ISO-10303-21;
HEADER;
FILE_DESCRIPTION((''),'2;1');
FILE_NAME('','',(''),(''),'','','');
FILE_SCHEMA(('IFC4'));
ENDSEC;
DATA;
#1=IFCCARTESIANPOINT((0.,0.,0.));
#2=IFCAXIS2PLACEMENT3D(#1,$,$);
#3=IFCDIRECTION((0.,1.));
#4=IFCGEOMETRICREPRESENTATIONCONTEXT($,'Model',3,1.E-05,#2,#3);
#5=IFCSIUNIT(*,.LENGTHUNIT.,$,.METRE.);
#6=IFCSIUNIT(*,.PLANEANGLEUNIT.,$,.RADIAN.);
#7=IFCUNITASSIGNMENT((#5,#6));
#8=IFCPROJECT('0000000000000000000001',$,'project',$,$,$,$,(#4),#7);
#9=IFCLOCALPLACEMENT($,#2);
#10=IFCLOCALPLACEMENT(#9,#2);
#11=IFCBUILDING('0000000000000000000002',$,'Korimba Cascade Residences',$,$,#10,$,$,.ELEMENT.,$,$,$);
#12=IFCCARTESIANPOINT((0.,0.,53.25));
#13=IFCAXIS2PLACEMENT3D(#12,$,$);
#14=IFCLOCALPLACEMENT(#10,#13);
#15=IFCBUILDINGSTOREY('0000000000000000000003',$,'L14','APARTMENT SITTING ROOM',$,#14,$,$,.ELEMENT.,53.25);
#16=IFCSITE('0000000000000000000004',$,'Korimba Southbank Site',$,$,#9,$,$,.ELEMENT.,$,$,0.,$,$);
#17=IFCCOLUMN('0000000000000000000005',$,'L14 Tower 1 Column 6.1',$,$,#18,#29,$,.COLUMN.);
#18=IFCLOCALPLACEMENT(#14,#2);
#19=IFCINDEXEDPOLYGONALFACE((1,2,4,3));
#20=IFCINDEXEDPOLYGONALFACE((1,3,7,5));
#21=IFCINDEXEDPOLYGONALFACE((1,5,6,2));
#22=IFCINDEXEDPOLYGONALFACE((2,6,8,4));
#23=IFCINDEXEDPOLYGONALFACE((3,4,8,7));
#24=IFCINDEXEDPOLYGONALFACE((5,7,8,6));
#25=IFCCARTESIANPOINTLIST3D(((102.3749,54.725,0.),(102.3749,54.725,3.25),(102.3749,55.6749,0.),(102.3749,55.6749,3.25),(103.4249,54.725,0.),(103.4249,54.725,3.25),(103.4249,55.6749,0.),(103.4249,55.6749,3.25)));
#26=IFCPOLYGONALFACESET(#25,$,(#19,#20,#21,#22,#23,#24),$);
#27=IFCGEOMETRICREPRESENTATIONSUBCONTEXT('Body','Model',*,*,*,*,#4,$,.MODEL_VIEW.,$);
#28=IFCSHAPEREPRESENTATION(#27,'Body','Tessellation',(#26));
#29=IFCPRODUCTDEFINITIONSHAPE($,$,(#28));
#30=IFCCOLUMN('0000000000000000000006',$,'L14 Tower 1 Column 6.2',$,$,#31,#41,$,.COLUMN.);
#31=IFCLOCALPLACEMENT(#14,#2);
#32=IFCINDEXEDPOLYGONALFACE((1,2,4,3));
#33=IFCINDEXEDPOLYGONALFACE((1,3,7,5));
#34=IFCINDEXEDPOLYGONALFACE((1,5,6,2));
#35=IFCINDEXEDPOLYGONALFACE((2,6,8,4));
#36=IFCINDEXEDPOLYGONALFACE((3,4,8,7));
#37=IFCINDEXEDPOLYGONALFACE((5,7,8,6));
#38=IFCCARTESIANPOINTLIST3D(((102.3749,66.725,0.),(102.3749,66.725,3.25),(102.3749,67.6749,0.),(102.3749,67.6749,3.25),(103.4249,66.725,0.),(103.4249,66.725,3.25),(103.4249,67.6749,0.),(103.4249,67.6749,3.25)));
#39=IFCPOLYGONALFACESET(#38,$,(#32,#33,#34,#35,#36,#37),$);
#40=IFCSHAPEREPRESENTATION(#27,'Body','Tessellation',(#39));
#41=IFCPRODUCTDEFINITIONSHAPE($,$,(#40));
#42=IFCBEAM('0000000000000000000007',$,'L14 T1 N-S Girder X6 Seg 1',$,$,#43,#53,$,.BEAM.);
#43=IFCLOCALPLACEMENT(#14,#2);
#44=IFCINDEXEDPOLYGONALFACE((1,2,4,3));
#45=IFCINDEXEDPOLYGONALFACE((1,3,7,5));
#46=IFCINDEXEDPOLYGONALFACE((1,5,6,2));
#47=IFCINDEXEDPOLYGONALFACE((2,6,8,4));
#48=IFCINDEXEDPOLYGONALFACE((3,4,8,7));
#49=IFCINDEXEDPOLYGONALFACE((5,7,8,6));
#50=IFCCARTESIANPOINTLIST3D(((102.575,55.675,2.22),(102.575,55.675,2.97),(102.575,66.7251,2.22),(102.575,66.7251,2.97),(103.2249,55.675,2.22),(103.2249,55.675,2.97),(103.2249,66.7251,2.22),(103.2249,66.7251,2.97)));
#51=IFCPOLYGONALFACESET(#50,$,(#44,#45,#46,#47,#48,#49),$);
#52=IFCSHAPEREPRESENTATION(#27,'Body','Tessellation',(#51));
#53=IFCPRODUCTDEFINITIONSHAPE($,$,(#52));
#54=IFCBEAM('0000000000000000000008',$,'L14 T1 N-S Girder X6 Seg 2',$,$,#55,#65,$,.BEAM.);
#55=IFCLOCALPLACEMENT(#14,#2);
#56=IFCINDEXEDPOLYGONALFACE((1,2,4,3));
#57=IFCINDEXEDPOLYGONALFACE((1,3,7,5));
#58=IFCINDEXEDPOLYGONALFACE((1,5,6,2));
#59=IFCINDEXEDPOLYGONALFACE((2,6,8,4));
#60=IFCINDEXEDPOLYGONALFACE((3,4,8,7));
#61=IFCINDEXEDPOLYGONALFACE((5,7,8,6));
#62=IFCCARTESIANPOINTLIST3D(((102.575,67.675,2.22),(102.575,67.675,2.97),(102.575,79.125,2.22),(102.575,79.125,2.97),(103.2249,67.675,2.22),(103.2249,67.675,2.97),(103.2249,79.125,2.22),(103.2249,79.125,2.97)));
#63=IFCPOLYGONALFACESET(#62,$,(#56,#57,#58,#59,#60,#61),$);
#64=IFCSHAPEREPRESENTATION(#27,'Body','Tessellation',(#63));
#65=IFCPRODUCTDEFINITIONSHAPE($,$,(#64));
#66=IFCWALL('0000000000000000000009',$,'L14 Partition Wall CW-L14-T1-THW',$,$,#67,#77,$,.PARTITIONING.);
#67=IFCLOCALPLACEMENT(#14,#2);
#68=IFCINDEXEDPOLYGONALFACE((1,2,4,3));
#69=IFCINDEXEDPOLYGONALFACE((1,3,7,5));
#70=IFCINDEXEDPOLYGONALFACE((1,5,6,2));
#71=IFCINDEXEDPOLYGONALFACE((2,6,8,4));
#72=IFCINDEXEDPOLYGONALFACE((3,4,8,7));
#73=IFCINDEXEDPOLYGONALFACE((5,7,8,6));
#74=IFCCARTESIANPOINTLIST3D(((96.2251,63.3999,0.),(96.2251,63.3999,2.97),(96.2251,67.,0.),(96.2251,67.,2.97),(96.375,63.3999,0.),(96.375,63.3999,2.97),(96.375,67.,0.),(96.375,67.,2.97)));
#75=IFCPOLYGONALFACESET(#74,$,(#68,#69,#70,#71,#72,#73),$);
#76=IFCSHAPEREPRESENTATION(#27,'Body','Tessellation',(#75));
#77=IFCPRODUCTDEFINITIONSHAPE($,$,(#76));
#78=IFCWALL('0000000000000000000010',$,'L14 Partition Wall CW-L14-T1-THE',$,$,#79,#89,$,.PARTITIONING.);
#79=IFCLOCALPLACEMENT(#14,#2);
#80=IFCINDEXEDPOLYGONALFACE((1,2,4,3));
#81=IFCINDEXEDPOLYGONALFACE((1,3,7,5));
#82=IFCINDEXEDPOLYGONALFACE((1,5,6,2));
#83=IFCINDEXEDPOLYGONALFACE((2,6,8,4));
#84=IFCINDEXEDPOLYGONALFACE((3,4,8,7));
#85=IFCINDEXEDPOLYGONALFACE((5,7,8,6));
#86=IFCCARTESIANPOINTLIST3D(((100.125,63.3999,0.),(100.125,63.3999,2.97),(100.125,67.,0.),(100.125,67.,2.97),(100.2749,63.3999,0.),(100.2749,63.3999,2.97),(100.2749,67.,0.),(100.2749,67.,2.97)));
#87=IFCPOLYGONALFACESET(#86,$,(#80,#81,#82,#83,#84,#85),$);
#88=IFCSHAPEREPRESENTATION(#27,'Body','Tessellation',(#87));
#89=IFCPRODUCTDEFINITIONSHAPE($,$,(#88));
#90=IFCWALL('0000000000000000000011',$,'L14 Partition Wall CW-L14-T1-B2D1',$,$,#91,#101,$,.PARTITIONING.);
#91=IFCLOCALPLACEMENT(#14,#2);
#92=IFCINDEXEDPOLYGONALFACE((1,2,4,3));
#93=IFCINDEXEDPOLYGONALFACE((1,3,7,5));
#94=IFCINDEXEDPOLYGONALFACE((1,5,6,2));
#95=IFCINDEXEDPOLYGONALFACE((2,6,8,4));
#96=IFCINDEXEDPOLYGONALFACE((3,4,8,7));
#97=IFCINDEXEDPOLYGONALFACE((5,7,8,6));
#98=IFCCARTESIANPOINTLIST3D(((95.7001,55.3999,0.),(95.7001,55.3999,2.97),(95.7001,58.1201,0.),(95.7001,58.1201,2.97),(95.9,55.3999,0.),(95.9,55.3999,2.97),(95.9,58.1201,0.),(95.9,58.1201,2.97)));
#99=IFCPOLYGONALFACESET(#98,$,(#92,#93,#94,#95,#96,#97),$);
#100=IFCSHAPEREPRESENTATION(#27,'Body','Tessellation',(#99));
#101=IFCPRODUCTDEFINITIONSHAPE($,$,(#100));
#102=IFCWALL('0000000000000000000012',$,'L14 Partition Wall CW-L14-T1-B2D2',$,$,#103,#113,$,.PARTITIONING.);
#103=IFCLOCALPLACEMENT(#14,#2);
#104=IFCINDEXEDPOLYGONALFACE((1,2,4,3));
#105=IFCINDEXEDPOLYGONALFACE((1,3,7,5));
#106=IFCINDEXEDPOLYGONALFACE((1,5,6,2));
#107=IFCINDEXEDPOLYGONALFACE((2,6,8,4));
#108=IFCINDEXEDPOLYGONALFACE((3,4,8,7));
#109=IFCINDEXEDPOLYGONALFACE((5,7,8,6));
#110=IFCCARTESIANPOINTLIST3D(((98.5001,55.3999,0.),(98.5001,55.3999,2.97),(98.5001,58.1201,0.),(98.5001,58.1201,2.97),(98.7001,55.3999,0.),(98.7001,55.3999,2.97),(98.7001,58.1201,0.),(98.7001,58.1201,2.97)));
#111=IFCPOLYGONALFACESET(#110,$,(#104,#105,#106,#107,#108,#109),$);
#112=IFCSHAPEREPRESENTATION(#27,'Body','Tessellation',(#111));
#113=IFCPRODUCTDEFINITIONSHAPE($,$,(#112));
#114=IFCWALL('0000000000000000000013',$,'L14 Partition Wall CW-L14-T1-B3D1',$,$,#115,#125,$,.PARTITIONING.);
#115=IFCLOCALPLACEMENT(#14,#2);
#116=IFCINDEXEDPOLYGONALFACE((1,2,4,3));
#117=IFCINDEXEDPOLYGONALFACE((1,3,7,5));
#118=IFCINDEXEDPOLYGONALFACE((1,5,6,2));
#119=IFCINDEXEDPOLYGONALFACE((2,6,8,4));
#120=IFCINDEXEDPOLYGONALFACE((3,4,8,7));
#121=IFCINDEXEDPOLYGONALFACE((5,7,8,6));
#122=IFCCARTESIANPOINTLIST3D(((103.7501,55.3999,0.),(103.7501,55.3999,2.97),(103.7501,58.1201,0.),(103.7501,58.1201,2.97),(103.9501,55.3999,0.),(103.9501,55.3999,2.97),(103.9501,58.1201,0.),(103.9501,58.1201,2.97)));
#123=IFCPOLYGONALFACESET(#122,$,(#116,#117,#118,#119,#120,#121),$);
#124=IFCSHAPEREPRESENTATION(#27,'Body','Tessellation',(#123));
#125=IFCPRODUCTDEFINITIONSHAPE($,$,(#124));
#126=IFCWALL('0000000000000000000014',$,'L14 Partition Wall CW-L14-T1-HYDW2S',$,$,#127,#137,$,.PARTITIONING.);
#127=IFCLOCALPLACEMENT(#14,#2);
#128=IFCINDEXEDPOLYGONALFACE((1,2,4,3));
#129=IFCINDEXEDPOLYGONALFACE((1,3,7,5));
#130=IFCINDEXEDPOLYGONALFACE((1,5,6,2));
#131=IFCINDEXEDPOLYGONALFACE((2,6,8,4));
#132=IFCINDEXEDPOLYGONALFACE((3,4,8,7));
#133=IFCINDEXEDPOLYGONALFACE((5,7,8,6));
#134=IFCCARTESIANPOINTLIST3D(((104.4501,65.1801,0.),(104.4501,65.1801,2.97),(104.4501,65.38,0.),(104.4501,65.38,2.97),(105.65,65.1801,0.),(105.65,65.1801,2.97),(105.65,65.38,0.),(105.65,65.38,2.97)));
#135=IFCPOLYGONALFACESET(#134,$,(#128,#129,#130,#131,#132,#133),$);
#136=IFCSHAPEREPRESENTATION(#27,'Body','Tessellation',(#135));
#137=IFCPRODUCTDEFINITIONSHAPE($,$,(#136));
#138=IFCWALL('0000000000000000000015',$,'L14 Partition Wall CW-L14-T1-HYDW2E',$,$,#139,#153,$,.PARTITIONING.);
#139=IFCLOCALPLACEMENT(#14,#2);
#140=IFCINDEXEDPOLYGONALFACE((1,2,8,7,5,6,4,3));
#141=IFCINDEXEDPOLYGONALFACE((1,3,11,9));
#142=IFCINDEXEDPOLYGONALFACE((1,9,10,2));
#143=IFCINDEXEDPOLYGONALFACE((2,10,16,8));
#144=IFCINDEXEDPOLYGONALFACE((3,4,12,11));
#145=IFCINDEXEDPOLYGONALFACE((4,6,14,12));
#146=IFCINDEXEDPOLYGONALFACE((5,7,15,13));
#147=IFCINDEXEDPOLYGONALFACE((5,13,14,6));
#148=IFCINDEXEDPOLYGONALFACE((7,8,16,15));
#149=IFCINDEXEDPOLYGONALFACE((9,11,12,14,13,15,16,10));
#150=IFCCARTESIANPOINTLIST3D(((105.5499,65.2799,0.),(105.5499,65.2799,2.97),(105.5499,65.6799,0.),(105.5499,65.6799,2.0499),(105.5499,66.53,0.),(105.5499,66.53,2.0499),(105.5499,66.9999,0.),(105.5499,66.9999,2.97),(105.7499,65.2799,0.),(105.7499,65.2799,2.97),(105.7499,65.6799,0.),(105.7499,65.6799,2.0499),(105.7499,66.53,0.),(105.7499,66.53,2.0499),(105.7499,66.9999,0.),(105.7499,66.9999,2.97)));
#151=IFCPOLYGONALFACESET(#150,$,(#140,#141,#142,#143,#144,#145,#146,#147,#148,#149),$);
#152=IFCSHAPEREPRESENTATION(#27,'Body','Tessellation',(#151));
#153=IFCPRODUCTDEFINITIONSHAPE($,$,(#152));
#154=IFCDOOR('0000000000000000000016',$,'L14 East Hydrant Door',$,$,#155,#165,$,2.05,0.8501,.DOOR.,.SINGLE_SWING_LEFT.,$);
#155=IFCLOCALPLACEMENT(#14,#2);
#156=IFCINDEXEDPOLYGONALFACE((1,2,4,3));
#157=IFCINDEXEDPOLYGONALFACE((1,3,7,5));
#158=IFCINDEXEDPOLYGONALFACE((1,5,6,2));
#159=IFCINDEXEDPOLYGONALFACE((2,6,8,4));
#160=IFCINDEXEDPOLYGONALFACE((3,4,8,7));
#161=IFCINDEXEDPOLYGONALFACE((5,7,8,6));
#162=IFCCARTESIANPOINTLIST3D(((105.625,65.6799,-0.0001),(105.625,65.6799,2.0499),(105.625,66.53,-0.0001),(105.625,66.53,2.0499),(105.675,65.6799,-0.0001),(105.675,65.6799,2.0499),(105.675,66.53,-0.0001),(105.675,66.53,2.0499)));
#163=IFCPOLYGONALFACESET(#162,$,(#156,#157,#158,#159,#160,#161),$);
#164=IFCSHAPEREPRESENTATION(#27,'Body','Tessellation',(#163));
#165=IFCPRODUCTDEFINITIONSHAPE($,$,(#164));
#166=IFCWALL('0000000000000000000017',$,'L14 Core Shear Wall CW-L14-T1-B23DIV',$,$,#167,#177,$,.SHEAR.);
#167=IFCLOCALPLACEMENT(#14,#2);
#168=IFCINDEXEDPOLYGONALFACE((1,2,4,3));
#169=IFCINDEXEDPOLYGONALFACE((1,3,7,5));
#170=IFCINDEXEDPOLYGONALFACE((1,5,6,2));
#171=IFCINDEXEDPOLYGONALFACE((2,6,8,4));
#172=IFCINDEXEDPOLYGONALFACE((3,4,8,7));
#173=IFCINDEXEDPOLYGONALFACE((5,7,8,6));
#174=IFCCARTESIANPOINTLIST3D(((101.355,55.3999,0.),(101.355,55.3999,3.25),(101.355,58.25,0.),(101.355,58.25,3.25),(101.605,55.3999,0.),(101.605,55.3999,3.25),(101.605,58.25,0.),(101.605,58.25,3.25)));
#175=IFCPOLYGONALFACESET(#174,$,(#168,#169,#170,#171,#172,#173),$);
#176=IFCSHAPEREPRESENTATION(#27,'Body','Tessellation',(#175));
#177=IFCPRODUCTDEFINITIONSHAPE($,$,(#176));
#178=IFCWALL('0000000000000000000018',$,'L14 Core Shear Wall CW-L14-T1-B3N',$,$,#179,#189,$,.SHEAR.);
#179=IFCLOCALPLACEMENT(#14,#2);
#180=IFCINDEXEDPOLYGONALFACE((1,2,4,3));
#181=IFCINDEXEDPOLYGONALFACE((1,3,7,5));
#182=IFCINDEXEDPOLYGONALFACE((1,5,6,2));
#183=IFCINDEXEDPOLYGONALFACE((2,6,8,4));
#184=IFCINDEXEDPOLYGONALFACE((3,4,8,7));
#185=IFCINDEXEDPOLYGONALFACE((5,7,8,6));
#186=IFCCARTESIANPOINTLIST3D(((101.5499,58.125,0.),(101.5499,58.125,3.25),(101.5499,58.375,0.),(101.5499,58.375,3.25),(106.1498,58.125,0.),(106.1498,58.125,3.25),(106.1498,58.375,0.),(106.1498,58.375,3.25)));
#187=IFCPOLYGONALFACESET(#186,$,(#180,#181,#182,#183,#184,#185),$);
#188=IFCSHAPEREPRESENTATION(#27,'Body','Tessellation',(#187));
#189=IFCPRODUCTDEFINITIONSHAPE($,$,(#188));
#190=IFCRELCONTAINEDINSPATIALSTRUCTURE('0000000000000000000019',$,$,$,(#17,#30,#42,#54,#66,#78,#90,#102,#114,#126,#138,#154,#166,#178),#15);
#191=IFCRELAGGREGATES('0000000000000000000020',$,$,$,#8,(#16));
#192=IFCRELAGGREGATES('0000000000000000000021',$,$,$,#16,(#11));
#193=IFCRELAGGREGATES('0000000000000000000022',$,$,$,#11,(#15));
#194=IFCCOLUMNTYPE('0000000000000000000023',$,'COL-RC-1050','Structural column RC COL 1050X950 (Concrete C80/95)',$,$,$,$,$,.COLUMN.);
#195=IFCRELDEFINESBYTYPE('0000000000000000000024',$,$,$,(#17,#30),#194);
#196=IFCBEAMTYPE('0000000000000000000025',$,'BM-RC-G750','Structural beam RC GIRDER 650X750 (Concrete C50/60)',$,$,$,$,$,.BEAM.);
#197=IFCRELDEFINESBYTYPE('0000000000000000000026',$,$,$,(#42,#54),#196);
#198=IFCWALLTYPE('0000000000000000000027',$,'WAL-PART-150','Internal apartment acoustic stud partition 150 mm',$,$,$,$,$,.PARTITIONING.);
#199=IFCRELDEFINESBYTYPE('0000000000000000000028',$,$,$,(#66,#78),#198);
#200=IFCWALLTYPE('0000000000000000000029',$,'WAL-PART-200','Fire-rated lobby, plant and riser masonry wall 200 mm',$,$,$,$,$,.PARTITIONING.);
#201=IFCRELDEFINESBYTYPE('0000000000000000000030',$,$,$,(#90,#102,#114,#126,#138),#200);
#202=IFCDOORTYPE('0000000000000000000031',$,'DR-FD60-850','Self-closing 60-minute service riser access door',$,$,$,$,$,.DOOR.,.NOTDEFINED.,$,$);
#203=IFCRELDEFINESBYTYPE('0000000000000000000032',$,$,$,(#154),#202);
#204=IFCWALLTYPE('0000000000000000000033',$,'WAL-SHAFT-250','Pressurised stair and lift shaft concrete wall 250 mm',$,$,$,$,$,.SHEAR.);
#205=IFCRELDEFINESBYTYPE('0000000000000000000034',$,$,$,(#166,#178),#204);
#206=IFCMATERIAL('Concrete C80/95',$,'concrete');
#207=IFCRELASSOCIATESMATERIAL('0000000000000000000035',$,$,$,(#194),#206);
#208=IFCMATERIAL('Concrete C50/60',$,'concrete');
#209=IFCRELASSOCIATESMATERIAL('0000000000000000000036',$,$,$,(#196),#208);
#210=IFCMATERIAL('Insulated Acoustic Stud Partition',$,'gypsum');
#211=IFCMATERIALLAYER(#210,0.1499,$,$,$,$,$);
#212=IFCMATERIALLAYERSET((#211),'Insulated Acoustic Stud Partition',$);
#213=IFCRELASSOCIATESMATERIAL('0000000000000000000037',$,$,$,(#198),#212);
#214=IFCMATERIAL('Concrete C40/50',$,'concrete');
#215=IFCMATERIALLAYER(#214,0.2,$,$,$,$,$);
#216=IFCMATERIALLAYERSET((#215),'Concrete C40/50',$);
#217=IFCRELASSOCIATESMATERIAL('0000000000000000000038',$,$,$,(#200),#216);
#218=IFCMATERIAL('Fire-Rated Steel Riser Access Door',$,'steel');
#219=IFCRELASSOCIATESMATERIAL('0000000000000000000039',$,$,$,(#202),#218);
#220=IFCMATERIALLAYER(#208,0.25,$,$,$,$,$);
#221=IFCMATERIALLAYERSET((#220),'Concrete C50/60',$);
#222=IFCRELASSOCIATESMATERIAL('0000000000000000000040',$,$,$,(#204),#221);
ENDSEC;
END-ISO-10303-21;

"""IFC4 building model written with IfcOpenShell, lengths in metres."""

from ifc_helpers import new_model, si_unit, direction, frame, frame_2d, origin, origin_2d, place, context, subcontext, project, spatial, rectangle, extrude, material, layer, layer_set, material_profile, profile_set, type_object, element, fill, save


model = new_model("IFC4")

# Units and contexts
model_context = context("Model", 3, precision=1e-05, world=origin(), true_north=direction((0.0, 1.0)))
body_context = subcontext(model_context, "Body", "Model", "MODEL_VIEW")
ifc_project = project(units=[si_unit("LENGTHUNIT", "METRE"), si_unit("PLANEANGLEUNIT", "RADIAN")], contexts=[model_context])

# Site, building, storey
site_placement = place(None, origin())
site = spatial("IfcSite", under=ifc_project, at=site_placement, Name="Korimba Southbank Site", CompositionType="ELEMENT", RefElevation=0.0)
building_placement = place(site_placement, origin())
building = spatial("IfcBuilding", under=site, at=building_placement, Name="Korimba Cascade Residences", CompositionType="ELEMENT")
storey_placement = place(building_placement, frame((0.0, 0.0, 53.25)))
storey = spatial("IfcBuildingStorey", under=building, at=storey_placement, Name="L14", Description="APARTMENT SITTING ROOM", CompositionType="ELEMENT", Elevation=53.25)

# Columns
ifc_material_1 = material(Name="Concrete C80/95", Category="concrete")
ifc_material_profile_1 = material_profile(ifc_material_1, rectangle(XDim=1.05, YDim=0.95, at=origin_2d()), Name="Concrete C80/95")
ifc_profile_set_1 = profile_set([ifc_material_profile_1], Name="Concrete C80/95")
column_type = type_object("IfcColumnType", Name="COL-RC-1050", Description="Structural column RC COL 1050X950 (Concrete C80/95)", PredefinedType="COLUMN", material=ifc_profile_set_1)
for number, where, z_axis, x_axis, name in (
    (1, (102.8999, 55.2, 0.0), (0.0, 0.0, 1.0), (1.0, 0.0, 0.0), "L14 Tower 1 Column 6.1"),
    (2, (102.8999, 67.2, 0.0), (0.0, 0.0, 1.0), (1.0, 0.0, 0.0), "L14 Tower 1 Column 6.2"),
):
    element("IfcColumn", number, at=place(storey_placement, frame(where, z_axis=z_axis, x_axis=x_axis)), inside=storey, type_object=column_type, Name=name, PredefinedType="COLUMN", context=body_context, shape_type="SweptSolid", body=[
        extrude(rectangle(XDim=1.05, YDim=0.95, at=origin_2d()), origin(), (0.0, 0.0, 1.0), 3.25),
    ])

# Beams
ifc_material_2 = material(Name="Concrete C50/60", Category="concrete")
ifc_material_profile_2 = material_profile(ifc_material_2, rectangle(XDim=0.6499, YDim=0.75, at=origin_2d()), Name="Concrete C50/60")
ifc_profile_set_2 = profile_set([ifc_material_profile_2], Name="Concrete C50/60")
beam_type = type_object("IfcBeamType", Name="BM-RC-G750", Description="Structural beam RC GIRDER 650X750 (Concrete C50/60)", PredefinedType="BEAM", material=ifc_profile_set_2)
beam_1_placement = place(storey_placement, frame((102.8999, 55.675, 2.595), z_axis=(0.0, 1.0, 0.0), x_axis=(-1.0, 0.0, 0.0)))
element("IfcBeam", 3, at=beam_1_placement, inside=storey, type_object=beam_type, Name="L14 T1 N-S Girder X6 Seg 1", PredefinedType="BEAM", context=body_context, shape_type="SweptSolid", body=[
    extrude(rectangle(XDim=0.6499, YDim=0.75, at=origin_2d()), origin(), (0.0, 0.0, 1.0), 11.05),
])
beam_2_placement = place(storey_placement, frame((102.8999, 67.675, 2.595), z_axis=(0.0, 1.0, 0.0), x_axis=(-1.0, 0.0, 0.0)))
element("IfcBeam", 4, at=beam_2_placement, inside=storey, type_object=beam_type, Name="L14 T1 N-S Girder X6 Seg 2", PredefinedType="BEAM", context=body_context, shape_type="SweptSolid", body=[
    extrude(rectangle(XDim=0.6499, YDim=0.75, at=origin_2d()), origin(), (0.0, 0.0, 1.0), 11.45),
])

# Walls
ifc_material_3 = material(Name="Insulated Acoustic Stud Partition", Category="gypsum")
ifc_layer_1 = layer(ifc_material_3, 0.1499)
ifc_layer_set_1 = layer_set([ifc_layer_1], Name="Insulated Acoustic Stud Partition")
wall_type_1 = type_object("IfcWallType", Name="WAL-PART-150", Description="Internal apartment acoustic stud partition 150 mm", PredefinedType="PARTITIONING", material=ifc_layer_set_1)
for number, where, z_axis, x_axis, name in (
    (5, (96.3, 63.3999, 0.0), (0.0, 0.0, 1.0), (0.0, 1.0, 0.0), "L14 Partition Wall CW-L14-T1-THW"),
    (6, (100.2, 63.3999, 0.0), (0.0, 0.0, 1.0), (0.0, 1.0, 0.0), "L14 Partition Wall CW-L14-T1-THE"),
):
    element("IfcWall", number, at=place(storey_placement, frame(where, z_axis=z_axis, x_axis=x_axis)), inside=storey, type_object=wall_type_1, Name=name, PredefinedType="PARTITIONING", context=body_context, shape_type="SweptSolid", body=[
        extrude(rectangle(XDim=3.6001, YDim=0.1499, at=frame_2d((1.8, 0.0))), origin(), (0.0, 0.0, 1.0), 2.97),
    ])
ifc_material_4 = material(Name="Concrete C40/50", Category="concrete")
ifc_layer_2 = layer(ifc_material_4, 0.2)
ifc_layer_set_2 = layer_set([ifc_layer_2], Name="Concrete C40/50")
wall_type_2 = type_object("IfcWallType", Name="WAL-PART-200", Description="Fire-rated lobby, plant and riser masonry wall 200 mm", PredefinedType="PARTITIONING", material=ifc_layer_set_2)
for number, where, z_axis, x_axis, name in (
    (7, (95.8, 55.3999, 0.0), (0.0, 0.0, 1.0), (0.0, 1.0, 0.0), "L14 Partition Wall CW-L14-T1-B2D1"),
    (8, (98.6001, 55.3999, 0.0), (0.0, 0.0, 1.0), (0.0, 1.0, 0.0), "L14 Partition Wall CW-L14-T1-B2D2"),
    (9, (103.8501, 55.3999, 0.0), (0.0, 0.0, 1.0), (0.0, 1.0, 0.0), "L14 Partition Wall CW-L14-T1-B3D1"),
):
    element("IfcWall", number, at=place(storey_placement, frame(where, z_axis=z_axis, x_axis=x_axis)), inside=storey, type_object=wall_type_2, Name=name, PredefinedType="PARTITIONING", context=body_context, shape_type="SweptSolid", body=[
        extrude(rectangle(XDim=2.7202, YDim=0.2, at=frame_2d((1.3601, 0.0))), origin(), (0.0, 0.0, 1.0), 2.97),
    ])
wall_1_placement = place(storey_placement, frame((104.45, 65.28, 0.0), z_axis=(0.0, 0.0, 1.0), x_axis=(1.0, 0.0, 0.0)))
element("IfcWall", 10, at=wall_1_placement, inside=storey, type_object=wall_type_2, Name="L14 Partition Wall CW-L14-T1-HYDW2S", PredefinedType="PARTITIONING", context=body_context, shape_type="SweptSolid", body=[
    extrude(rectangle(XDim=1.2, YDim=0.2, at=frame_2d((0.6001, 0.0))), origin(), (0.0, 0.0, 1.0), 2.97),
])

# Wall, opening, door
wall_2_placement = place(storey_placement, frame((105.6499, 65.28, 0.0), z_axis=(0.0, 0.0, 1.0), x_axis=(0.0, 1.0, 0.0)))
wall_2 = element("IfcWall", 11, at=wall_2_placement, inside=storey, type_object=wall_type_2, Name="L14 Partition Wall CW-L14-T1-HYDW2E", PredefinedType="PARTITIONING", context=body_context, shape_type="SweptSolid", body=[
    extrude(rectangle(XDim=1.72, YDim=0.2, at=frame_2d((0.8599, 0.0))), origin(), (0.0, 0.0, 1.0), 2.97),
])
opening_1_placement = place(wall_2_placement, frame((0.3999, 0.0, 0.0)))
opening_1 = element("IfcOpeningElement", 12, at=opening_1_placement, cuts=wall_2, PredefinedType="OPENING", context=body_context, shape_type="SweptSolid", body=[
    extrude(rectangle(XDim=0.8501, YDim=2.05, at=frame_2d((0.425, 1.0249))), frame((0.0, 0.1099, 0.0), z_axis=(0.0, -1.0, 0.0), x_axis=(1.0, 0.0, 0.0)), (0.0, 0.0, 1.0), 0.22),
])
ifc_material_5 = material(Name="Fire-Rated Steel Riser Access Door", Category="steel")
door_type_1 = type_object("IfcDoorType", Name="DR-FD60-850", Description="Self-closing 60-minute service riser access door", OperationType="NOTDEFINED", PredefinedType="DOOR", material=ifc_material_5)
door_1_placement = place(opening_1_placement, origin())
door_1 = element("IfcDoor", 13, at=door_1_placement, inside=storey, type_object=door_type_1, Name="L14 East Hydrant Door", OperationType="SINGLE_SWING_LEFT", OverallHeight=2.05, OverallWidth=0.8501, PredefinedType="DOOR", context=body_context, shape_type="SweptSolid", body=[
    extrude(rectangle(XDim=0.8501, YDim=2.05, at=frame_2d((0.425, 1.0249))), frame((0.0, 0.0249, 0.0), z_axis=(0.0, -1.0, 0.0), x_axis=(1.0, 0.0, 0.0)), (0.0, 0.0, 1.0), 0.05),
])
fill(opening_1, door_1)

# Walls
ifc_layer_3 = layer(ifc_material_2, 0.25)
ifc_layer_set_3 = layer_set([ifc_layer_3], Name="Concrete C50/60")
wall_type_3 = type_object("IfcWallType", Name="WAL-SHAFT-250", Description="Pressurised stair and lift shaft concrete wall 250 mm", PredefinedType="SHEAR", material=ifc_layer_set_3)
wall_3_placement = place(storey_placement, frame((101.48, 55.3999, 0.0), z_axis=(0.0, 0.0, 1.0), x_axis=(0.0, 1.0, 0.0)))
element("IfcWall", 14, at=wall_3_placement, inside=storey, type_object=wall_type_3, Name="L14 Core Shear Wall CW-L14-T1-B23DIV", PredefinedType="SHEAR", context=body_context, shape_type="SweptSolid", body=[
    extrude(rectangle(XDim=2.8501, YDim=0.25, at=frame_2d((1.425, 0.0))), origin(), (0.0, 0.0, 1.0), 3.25),
])
wall_4_placement = place(storey_placement, frame((101.55, 58.25, 0.0), z_axis=(0.0, 0.0, 1.0), x_axis=(1.0, 0.0, 0.0)))
element("IfcWall", 15, at=wall_4_placement, inside=storey, type_object=wall_type_3, Name="L14 Core Shear Wall CW-L14-T1-B3N", PredefinedType="SHEAR", context=body_context, shape_type="SweptSolid", body=[
    extrude(rectangle(XDim=4.5999, YDim=0.25, at=frame_2d((2.2998, 0.0))), origin(), (0.0, 0.0, 1.0), 3.25),
])

save(model, "model.ifc")
